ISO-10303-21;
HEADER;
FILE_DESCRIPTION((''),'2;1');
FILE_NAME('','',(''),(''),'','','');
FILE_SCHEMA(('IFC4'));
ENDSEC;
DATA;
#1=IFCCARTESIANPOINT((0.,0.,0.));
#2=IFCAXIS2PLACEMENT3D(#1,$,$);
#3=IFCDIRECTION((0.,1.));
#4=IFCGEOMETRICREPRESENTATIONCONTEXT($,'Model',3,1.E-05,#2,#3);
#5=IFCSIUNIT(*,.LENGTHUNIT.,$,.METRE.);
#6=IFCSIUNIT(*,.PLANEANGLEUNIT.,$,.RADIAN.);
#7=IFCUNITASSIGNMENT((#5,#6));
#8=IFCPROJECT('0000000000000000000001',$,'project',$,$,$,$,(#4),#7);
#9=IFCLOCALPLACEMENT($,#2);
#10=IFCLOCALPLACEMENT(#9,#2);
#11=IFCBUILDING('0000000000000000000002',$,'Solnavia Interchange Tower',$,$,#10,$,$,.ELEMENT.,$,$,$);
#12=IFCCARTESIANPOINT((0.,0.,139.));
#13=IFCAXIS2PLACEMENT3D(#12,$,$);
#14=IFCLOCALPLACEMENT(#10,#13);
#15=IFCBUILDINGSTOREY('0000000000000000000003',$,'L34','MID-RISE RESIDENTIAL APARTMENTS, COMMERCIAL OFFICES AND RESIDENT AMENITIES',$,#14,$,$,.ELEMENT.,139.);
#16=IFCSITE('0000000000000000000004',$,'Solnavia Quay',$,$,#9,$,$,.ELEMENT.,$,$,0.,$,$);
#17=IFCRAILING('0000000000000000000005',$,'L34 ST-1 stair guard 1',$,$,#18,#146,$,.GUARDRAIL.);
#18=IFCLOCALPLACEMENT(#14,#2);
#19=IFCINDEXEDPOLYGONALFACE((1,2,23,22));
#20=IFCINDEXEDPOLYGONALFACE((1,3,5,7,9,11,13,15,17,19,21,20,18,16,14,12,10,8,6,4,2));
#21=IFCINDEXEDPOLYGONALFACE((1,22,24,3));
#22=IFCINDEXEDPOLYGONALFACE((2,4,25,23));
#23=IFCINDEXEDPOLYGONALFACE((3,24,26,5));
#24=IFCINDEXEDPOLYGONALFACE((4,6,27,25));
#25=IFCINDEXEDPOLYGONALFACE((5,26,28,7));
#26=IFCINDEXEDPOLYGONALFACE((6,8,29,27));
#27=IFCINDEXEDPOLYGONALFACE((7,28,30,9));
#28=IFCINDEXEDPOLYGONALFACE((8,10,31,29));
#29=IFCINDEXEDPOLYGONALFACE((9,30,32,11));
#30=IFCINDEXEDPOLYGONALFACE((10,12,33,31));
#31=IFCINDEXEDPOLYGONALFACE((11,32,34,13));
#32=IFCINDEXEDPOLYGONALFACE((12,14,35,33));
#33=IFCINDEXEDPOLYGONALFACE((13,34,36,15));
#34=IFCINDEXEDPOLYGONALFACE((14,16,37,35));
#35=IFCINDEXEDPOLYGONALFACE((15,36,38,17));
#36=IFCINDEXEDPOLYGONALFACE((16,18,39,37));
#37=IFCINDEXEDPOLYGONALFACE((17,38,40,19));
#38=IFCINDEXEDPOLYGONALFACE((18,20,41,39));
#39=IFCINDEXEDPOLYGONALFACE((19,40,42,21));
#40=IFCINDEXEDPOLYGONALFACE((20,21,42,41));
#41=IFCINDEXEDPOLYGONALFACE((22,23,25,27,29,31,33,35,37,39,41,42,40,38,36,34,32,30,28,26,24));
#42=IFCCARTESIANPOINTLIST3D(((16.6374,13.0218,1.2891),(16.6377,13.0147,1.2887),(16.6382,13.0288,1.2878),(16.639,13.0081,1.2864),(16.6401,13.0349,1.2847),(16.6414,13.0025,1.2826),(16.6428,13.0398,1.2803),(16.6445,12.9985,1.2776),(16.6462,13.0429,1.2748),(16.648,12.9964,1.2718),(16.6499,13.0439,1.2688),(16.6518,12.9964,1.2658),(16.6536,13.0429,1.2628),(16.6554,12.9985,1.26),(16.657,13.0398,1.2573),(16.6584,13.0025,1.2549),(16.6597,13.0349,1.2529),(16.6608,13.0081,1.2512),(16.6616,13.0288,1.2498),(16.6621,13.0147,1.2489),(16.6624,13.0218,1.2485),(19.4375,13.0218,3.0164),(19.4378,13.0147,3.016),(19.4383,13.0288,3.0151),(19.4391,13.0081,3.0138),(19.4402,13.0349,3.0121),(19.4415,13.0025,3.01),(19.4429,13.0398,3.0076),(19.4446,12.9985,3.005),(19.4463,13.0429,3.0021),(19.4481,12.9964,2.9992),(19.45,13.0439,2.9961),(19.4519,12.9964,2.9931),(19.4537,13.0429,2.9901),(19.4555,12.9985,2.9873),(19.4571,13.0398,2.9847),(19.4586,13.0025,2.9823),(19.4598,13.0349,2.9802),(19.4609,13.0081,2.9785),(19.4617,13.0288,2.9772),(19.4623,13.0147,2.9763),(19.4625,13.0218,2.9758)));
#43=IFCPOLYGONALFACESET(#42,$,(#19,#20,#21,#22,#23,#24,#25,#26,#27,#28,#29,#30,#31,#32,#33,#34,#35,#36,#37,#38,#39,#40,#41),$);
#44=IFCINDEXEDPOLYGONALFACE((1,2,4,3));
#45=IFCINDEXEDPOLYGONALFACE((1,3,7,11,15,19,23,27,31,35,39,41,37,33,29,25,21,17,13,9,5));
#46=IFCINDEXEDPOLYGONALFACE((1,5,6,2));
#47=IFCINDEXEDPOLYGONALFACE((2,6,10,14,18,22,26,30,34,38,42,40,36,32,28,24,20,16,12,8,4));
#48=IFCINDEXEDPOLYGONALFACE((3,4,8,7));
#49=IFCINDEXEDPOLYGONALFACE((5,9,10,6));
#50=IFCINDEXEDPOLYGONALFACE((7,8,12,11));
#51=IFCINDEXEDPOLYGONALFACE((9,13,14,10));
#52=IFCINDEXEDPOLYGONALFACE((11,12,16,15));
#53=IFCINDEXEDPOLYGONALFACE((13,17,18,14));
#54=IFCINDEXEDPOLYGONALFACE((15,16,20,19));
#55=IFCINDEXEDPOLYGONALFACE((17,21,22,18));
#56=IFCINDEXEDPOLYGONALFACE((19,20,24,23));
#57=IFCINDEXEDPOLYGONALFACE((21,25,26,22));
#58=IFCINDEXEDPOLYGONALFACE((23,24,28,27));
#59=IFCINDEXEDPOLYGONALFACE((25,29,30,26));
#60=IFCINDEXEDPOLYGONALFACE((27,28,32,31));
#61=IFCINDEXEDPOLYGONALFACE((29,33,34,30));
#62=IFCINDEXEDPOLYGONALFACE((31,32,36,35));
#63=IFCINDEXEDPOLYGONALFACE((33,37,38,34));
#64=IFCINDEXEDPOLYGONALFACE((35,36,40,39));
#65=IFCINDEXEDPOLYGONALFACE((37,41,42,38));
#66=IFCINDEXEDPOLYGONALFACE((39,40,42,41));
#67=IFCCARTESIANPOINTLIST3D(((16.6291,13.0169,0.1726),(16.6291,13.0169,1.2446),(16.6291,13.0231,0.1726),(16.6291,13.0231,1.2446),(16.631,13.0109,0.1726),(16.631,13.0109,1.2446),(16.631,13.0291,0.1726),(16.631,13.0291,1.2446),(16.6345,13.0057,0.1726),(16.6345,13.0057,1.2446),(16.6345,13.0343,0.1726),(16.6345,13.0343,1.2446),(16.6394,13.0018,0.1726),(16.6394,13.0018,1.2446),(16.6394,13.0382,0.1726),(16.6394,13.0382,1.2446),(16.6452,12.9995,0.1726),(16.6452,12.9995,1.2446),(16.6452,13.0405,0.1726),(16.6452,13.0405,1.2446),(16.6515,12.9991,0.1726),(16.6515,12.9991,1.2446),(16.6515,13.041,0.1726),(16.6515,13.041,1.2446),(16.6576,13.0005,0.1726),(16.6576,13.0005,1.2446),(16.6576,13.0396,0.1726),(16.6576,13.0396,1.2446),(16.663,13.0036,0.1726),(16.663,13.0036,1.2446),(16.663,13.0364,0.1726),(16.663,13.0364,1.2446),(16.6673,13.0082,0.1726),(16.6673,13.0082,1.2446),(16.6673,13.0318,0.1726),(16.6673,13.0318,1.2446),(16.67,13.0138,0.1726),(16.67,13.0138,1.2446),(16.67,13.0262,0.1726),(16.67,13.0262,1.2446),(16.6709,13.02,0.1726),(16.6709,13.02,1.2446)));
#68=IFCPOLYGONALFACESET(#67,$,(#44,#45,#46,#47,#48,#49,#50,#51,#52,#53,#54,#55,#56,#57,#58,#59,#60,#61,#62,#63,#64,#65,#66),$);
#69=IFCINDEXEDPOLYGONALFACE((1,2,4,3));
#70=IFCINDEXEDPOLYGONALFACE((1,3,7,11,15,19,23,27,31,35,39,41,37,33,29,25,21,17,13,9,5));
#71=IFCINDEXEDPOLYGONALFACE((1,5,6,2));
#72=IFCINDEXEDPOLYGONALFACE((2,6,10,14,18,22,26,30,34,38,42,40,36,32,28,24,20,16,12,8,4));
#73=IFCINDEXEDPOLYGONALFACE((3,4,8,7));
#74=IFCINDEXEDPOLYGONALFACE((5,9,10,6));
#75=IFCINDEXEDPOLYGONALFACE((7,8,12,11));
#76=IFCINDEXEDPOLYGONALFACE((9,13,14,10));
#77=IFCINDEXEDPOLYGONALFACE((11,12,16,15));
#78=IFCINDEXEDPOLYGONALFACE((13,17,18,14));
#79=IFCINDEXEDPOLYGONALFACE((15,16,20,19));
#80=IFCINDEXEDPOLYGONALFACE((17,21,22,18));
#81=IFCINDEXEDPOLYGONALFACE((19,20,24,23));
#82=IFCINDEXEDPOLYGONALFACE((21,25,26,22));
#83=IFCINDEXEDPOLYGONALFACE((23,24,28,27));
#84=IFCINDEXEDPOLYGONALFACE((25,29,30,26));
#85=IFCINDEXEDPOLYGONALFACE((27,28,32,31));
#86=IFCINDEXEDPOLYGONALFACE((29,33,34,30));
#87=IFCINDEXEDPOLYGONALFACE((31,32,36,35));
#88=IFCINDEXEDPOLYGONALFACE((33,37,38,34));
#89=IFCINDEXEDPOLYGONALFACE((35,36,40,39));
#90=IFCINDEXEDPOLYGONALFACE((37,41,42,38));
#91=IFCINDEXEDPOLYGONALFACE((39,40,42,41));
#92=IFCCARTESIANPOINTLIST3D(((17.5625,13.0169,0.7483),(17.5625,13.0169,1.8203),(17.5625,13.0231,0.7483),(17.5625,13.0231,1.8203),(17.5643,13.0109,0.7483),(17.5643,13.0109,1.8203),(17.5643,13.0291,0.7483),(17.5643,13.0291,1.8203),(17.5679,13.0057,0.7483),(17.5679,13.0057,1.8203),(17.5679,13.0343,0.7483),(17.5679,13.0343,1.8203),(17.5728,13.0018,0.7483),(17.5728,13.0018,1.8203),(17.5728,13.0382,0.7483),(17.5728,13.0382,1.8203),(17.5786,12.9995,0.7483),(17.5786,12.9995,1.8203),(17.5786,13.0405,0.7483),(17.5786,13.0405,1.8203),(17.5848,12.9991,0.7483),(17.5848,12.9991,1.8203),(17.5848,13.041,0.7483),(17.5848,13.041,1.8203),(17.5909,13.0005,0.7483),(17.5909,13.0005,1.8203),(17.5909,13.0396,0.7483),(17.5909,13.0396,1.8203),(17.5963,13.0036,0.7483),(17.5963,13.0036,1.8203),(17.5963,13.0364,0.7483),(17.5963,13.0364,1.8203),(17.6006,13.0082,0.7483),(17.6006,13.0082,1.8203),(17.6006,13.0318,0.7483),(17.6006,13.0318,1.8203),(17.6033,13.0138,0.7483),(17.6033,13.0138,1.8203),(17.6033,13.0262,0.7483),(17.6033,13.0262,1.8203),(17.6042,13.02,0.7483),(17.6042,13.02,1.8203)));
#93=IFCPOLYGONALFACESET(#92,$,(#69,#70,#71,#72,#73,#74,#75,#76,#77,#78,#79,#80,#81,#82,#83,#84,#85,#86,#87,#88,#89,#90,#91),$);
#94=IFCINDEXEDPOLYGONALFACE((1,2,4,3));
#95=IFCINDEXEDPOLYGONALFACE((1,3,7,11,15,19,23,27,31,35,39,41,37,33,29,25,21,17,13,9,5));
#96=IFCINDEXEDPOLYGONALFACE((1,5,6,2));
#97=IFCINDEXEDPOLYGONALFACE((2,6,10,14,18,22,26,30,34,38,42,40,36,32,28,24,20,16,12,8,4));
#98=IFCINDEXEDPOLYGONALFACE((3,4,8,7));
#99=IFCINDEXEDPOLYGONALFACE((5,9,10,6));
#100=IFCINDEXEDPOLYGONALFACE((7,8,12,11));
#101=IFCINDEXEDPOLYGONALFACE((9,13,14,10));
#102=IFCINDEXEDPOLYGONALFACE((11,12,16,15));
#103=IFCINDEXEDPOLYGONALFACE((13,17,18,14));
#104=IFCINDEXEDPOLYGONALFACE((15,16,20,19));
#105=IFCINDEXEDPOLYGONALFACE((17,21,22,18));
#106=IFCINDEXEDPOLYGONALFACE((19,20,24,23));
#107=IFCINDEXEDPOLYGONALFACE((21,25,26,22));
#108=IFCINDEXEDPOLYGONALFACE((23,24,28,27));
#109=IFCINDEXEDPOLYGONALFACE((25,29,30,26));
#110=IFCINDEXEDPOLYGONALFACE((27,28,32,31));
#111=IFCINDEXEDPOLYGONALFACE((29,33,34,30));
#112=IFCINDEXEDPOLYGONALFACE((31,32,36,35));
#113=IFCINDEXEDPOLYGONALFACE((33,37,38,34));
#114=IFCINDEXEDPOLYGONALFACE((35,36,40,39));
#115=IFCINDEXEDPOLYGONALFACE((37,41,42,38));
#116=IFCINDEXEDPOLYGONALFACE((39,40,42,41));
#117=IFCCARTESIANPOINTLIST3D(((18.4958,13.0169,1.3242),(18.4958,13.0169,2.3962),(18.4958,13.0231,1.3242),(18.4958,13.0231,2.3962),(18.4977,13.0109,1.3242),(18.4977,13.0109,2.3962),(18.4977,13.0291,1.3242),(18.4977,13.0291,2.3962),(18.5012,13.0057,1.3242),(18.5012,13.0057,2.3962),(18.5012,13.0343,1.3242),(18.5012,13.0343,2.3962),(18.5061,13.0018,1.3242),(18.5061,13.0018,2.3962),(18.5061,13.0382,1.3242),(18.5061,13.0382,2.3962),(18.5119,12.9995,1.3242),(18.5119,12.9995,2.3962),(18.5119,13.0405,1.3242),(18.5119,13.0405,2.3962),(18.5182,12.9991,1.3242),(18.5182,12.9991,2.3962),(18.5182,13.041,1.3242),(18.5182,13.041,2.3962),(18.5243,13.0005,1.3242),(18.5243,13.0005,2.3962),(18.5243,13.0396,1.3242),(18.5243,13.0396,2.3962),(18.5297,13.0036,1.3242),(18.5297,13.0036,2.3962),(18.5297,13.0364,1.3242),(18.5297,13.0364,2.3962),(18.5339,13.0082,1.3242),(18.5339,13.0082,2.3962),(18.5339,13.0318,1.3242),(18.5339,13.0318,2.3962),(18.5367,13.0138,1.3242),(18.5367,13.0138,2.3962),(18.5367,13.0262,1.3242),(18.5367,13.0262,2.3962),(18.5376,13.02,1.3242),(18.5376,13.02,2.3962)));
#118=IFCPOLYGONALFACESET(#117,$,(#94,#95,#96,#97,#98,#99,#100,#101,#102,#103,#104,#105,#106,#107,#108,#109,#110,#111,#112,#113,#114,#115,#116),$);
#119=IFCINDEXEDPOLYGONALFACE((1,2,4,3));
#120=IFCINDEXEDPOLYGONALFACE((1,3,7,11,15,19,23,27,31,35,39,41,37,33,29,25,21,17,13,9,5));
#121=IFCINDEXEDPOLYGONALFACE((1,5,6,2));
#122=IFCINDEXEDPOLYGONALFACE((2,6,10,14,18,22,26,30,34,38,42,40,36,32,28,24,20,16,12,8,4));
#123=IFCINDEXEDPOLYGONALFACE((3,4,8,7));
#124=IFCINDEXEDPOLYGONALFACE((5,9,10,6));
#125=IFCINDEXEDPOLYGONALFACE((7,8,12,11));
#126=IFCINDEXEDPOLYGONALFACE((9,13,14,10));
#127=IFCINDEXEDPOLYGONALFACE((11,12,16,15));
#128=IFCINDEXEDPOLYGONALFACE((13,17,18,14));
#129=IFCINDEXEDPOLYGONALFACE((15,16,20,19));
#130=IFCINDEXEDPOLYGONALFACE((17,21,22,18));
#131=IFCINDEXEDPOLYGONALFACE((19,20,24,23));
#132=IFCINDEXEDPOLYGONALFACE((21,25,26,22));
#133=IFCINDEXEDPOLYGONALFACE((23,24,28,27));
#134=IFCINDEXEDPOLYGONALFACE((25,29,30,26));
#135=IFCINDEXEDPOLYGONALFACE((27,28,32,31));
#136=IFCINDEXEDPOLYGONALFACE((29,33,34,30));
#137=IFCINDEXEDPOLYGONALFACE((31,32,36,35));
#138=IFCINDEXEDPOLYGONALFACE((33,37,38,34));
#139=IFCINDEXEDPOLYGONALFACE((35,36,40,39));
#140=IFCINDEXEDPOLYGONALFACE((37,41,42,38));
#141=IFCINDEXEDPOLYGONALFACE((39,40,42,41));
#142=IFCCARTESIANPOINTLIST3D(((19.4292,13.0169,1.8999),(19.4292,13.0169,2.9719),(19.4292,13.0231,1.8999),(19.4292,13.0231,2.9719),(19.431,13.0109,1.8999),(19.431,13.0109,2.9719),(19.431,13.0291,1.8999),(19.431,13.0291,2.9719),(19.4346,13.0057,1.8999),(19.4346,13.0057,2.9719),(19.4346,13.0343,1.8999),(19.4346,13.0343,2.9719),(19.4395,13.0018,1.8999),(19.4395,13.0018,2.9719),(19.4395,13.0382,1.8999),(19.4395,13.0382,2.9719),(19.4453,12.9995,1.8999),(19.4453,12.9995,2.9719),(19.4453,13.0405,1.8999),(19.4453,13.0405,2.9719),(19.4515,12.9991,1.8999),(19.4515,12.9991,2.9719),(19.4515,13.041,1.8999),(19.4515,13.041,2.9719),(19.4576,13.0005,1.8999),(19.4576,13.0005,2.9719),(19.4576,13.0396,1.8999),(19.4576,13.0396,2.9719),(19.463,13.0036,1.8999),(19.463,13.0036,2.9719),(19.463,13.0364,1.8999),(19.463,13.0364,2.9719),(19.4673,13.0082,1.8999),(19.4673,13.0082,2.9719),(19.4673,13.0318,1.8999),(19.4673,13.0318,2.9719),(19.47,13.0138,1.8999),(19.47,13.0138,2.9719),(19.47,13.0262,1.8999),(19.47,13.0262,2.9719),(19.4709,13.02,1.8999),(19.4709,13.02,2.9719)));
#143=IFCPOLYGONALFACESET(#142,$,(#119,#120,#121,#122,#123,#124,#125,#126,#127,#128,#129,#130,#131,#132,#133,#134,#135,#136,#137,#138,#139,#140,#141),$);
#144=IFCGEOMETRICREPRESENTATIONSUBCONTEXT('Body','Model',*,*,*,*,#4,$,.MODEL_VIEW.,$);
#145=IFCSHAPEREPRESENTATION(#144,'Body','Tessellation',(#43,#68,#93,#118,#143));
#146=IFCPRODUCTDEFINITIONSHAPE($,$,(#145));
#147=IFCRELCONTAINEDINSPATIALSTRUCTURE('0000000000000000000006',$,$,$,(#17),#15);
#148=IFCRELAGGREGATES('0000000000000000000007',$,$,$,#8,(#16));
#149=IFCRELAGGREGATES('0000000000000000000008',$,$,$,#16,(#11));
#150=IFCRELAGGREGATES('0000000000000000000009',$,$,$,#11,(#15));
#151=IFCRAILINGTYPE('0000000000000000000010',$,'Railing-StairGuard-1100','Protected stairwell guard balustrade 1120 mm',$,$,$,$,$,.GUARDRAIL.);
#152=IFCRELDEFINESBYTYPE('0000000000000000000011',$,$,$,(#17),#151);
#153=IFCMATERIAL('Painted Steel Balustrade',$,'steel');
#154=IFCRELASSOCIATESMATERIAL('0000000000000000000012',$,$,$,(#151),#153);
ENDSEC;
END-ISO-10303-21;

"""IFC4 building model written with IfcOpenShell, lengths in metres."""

from ifc_helpers import new_model, si_unit, direction, frame, origin, origin_2d, place, context, subcontext, project, spatial, circle, extrude, material, type_object, element, save


model = new_model("IFC4")

# Units and contexts
model_context = context("Model", 3, precision=1e-05, world=origin(), true_north=direction((0.0, 1.0)))
body_context = subcontext(model_context, "Body", "Model", "MODEL_VIEW")
ifc_project = project(units=[si_unit("LENGTHUNIT", "METRE"), si_unit("PLANEANGLEUNIT", "RADIAN")], contexts=[model_context])

# Site, building, storey
site_placement = place(None, origin())
site = spatial("IfcSite", under=ifc_project, at=site_placement, Name="Solnavia Quay", CompositionType="ELEMENT", RefElevation=0.0)
building_placement = place(site_placement, origin())
building = spatial("IfcBuilding", under=site, at=building_placement, Name="Solnavia Interchange Tower", CompositionType="ELEMENT")
storey_placement = place(building_placement, frame((0.0, 0.0, 139.0)))
storey = spatial("IfcBuildingStorey", under=building, at=storey_placement, Name="L34", Description="MID-RISE RESIDENTIAL APARTMENTS, COMMERCIAL OFFICES AND RESIDENT AMENITIES", CompositionType="ELEMENT", Elevation=139.0)

# Railing
ifc_material_1 = material(Name="Painted Steel Balustrade", Category="steel")
railing_type_1 = type_object("IfcRailingType", Name="Railing-StairGuard-1100", Description="Protected stairwell guard balustrade 1120 mm", PredefinedType="GUARDRAIL", material=ifc_material_1)
railing_1_placement = place(storey_placement, frame((16.6499, 13.02, 0.1726)))
element("IfcRailing", 1, at=railing_1_placement, inside=storey, type_object=railing_type_1, Name="L34 ST-1 stair guard 1", PredefinedType="GUARDRAIL", context=body_context, shape_type="SweptSolid", body=[
    extrude(circle(Radius=0.0239, at=origin_2d()), frame((0.0, 0.0, 1.0962), z_axis=(0.85109, 0.0, 0.52502), x_axis=(0.0, 1.0, 0.0)), (0.0, 0.0, 1.0), 3.29),
    extrude(circle(Radius=0.021, at=origin_2d()), origin(), (0.0, 0.0, 1.0), 1.072),
    extrude(circle(Radius=0.021, at=origin_2d()), frame((0.9333, 0.0, 0.5757)), (0.0, 0.0, 1.0), 1.072),
    extrude(circle(Radius=0.021, at=origin_2d()), frame((1.8667, 0.0, 1.1516)), (0.0, 0.0, 1.0), 1.072),
    extrude(circle(Radius=0.021, at=origin_2d()), frame((2.8, 0.0, 1.7273)), (0.0, 0.0, 1.0), 1.072),
])

save(model, "model.ifc")
